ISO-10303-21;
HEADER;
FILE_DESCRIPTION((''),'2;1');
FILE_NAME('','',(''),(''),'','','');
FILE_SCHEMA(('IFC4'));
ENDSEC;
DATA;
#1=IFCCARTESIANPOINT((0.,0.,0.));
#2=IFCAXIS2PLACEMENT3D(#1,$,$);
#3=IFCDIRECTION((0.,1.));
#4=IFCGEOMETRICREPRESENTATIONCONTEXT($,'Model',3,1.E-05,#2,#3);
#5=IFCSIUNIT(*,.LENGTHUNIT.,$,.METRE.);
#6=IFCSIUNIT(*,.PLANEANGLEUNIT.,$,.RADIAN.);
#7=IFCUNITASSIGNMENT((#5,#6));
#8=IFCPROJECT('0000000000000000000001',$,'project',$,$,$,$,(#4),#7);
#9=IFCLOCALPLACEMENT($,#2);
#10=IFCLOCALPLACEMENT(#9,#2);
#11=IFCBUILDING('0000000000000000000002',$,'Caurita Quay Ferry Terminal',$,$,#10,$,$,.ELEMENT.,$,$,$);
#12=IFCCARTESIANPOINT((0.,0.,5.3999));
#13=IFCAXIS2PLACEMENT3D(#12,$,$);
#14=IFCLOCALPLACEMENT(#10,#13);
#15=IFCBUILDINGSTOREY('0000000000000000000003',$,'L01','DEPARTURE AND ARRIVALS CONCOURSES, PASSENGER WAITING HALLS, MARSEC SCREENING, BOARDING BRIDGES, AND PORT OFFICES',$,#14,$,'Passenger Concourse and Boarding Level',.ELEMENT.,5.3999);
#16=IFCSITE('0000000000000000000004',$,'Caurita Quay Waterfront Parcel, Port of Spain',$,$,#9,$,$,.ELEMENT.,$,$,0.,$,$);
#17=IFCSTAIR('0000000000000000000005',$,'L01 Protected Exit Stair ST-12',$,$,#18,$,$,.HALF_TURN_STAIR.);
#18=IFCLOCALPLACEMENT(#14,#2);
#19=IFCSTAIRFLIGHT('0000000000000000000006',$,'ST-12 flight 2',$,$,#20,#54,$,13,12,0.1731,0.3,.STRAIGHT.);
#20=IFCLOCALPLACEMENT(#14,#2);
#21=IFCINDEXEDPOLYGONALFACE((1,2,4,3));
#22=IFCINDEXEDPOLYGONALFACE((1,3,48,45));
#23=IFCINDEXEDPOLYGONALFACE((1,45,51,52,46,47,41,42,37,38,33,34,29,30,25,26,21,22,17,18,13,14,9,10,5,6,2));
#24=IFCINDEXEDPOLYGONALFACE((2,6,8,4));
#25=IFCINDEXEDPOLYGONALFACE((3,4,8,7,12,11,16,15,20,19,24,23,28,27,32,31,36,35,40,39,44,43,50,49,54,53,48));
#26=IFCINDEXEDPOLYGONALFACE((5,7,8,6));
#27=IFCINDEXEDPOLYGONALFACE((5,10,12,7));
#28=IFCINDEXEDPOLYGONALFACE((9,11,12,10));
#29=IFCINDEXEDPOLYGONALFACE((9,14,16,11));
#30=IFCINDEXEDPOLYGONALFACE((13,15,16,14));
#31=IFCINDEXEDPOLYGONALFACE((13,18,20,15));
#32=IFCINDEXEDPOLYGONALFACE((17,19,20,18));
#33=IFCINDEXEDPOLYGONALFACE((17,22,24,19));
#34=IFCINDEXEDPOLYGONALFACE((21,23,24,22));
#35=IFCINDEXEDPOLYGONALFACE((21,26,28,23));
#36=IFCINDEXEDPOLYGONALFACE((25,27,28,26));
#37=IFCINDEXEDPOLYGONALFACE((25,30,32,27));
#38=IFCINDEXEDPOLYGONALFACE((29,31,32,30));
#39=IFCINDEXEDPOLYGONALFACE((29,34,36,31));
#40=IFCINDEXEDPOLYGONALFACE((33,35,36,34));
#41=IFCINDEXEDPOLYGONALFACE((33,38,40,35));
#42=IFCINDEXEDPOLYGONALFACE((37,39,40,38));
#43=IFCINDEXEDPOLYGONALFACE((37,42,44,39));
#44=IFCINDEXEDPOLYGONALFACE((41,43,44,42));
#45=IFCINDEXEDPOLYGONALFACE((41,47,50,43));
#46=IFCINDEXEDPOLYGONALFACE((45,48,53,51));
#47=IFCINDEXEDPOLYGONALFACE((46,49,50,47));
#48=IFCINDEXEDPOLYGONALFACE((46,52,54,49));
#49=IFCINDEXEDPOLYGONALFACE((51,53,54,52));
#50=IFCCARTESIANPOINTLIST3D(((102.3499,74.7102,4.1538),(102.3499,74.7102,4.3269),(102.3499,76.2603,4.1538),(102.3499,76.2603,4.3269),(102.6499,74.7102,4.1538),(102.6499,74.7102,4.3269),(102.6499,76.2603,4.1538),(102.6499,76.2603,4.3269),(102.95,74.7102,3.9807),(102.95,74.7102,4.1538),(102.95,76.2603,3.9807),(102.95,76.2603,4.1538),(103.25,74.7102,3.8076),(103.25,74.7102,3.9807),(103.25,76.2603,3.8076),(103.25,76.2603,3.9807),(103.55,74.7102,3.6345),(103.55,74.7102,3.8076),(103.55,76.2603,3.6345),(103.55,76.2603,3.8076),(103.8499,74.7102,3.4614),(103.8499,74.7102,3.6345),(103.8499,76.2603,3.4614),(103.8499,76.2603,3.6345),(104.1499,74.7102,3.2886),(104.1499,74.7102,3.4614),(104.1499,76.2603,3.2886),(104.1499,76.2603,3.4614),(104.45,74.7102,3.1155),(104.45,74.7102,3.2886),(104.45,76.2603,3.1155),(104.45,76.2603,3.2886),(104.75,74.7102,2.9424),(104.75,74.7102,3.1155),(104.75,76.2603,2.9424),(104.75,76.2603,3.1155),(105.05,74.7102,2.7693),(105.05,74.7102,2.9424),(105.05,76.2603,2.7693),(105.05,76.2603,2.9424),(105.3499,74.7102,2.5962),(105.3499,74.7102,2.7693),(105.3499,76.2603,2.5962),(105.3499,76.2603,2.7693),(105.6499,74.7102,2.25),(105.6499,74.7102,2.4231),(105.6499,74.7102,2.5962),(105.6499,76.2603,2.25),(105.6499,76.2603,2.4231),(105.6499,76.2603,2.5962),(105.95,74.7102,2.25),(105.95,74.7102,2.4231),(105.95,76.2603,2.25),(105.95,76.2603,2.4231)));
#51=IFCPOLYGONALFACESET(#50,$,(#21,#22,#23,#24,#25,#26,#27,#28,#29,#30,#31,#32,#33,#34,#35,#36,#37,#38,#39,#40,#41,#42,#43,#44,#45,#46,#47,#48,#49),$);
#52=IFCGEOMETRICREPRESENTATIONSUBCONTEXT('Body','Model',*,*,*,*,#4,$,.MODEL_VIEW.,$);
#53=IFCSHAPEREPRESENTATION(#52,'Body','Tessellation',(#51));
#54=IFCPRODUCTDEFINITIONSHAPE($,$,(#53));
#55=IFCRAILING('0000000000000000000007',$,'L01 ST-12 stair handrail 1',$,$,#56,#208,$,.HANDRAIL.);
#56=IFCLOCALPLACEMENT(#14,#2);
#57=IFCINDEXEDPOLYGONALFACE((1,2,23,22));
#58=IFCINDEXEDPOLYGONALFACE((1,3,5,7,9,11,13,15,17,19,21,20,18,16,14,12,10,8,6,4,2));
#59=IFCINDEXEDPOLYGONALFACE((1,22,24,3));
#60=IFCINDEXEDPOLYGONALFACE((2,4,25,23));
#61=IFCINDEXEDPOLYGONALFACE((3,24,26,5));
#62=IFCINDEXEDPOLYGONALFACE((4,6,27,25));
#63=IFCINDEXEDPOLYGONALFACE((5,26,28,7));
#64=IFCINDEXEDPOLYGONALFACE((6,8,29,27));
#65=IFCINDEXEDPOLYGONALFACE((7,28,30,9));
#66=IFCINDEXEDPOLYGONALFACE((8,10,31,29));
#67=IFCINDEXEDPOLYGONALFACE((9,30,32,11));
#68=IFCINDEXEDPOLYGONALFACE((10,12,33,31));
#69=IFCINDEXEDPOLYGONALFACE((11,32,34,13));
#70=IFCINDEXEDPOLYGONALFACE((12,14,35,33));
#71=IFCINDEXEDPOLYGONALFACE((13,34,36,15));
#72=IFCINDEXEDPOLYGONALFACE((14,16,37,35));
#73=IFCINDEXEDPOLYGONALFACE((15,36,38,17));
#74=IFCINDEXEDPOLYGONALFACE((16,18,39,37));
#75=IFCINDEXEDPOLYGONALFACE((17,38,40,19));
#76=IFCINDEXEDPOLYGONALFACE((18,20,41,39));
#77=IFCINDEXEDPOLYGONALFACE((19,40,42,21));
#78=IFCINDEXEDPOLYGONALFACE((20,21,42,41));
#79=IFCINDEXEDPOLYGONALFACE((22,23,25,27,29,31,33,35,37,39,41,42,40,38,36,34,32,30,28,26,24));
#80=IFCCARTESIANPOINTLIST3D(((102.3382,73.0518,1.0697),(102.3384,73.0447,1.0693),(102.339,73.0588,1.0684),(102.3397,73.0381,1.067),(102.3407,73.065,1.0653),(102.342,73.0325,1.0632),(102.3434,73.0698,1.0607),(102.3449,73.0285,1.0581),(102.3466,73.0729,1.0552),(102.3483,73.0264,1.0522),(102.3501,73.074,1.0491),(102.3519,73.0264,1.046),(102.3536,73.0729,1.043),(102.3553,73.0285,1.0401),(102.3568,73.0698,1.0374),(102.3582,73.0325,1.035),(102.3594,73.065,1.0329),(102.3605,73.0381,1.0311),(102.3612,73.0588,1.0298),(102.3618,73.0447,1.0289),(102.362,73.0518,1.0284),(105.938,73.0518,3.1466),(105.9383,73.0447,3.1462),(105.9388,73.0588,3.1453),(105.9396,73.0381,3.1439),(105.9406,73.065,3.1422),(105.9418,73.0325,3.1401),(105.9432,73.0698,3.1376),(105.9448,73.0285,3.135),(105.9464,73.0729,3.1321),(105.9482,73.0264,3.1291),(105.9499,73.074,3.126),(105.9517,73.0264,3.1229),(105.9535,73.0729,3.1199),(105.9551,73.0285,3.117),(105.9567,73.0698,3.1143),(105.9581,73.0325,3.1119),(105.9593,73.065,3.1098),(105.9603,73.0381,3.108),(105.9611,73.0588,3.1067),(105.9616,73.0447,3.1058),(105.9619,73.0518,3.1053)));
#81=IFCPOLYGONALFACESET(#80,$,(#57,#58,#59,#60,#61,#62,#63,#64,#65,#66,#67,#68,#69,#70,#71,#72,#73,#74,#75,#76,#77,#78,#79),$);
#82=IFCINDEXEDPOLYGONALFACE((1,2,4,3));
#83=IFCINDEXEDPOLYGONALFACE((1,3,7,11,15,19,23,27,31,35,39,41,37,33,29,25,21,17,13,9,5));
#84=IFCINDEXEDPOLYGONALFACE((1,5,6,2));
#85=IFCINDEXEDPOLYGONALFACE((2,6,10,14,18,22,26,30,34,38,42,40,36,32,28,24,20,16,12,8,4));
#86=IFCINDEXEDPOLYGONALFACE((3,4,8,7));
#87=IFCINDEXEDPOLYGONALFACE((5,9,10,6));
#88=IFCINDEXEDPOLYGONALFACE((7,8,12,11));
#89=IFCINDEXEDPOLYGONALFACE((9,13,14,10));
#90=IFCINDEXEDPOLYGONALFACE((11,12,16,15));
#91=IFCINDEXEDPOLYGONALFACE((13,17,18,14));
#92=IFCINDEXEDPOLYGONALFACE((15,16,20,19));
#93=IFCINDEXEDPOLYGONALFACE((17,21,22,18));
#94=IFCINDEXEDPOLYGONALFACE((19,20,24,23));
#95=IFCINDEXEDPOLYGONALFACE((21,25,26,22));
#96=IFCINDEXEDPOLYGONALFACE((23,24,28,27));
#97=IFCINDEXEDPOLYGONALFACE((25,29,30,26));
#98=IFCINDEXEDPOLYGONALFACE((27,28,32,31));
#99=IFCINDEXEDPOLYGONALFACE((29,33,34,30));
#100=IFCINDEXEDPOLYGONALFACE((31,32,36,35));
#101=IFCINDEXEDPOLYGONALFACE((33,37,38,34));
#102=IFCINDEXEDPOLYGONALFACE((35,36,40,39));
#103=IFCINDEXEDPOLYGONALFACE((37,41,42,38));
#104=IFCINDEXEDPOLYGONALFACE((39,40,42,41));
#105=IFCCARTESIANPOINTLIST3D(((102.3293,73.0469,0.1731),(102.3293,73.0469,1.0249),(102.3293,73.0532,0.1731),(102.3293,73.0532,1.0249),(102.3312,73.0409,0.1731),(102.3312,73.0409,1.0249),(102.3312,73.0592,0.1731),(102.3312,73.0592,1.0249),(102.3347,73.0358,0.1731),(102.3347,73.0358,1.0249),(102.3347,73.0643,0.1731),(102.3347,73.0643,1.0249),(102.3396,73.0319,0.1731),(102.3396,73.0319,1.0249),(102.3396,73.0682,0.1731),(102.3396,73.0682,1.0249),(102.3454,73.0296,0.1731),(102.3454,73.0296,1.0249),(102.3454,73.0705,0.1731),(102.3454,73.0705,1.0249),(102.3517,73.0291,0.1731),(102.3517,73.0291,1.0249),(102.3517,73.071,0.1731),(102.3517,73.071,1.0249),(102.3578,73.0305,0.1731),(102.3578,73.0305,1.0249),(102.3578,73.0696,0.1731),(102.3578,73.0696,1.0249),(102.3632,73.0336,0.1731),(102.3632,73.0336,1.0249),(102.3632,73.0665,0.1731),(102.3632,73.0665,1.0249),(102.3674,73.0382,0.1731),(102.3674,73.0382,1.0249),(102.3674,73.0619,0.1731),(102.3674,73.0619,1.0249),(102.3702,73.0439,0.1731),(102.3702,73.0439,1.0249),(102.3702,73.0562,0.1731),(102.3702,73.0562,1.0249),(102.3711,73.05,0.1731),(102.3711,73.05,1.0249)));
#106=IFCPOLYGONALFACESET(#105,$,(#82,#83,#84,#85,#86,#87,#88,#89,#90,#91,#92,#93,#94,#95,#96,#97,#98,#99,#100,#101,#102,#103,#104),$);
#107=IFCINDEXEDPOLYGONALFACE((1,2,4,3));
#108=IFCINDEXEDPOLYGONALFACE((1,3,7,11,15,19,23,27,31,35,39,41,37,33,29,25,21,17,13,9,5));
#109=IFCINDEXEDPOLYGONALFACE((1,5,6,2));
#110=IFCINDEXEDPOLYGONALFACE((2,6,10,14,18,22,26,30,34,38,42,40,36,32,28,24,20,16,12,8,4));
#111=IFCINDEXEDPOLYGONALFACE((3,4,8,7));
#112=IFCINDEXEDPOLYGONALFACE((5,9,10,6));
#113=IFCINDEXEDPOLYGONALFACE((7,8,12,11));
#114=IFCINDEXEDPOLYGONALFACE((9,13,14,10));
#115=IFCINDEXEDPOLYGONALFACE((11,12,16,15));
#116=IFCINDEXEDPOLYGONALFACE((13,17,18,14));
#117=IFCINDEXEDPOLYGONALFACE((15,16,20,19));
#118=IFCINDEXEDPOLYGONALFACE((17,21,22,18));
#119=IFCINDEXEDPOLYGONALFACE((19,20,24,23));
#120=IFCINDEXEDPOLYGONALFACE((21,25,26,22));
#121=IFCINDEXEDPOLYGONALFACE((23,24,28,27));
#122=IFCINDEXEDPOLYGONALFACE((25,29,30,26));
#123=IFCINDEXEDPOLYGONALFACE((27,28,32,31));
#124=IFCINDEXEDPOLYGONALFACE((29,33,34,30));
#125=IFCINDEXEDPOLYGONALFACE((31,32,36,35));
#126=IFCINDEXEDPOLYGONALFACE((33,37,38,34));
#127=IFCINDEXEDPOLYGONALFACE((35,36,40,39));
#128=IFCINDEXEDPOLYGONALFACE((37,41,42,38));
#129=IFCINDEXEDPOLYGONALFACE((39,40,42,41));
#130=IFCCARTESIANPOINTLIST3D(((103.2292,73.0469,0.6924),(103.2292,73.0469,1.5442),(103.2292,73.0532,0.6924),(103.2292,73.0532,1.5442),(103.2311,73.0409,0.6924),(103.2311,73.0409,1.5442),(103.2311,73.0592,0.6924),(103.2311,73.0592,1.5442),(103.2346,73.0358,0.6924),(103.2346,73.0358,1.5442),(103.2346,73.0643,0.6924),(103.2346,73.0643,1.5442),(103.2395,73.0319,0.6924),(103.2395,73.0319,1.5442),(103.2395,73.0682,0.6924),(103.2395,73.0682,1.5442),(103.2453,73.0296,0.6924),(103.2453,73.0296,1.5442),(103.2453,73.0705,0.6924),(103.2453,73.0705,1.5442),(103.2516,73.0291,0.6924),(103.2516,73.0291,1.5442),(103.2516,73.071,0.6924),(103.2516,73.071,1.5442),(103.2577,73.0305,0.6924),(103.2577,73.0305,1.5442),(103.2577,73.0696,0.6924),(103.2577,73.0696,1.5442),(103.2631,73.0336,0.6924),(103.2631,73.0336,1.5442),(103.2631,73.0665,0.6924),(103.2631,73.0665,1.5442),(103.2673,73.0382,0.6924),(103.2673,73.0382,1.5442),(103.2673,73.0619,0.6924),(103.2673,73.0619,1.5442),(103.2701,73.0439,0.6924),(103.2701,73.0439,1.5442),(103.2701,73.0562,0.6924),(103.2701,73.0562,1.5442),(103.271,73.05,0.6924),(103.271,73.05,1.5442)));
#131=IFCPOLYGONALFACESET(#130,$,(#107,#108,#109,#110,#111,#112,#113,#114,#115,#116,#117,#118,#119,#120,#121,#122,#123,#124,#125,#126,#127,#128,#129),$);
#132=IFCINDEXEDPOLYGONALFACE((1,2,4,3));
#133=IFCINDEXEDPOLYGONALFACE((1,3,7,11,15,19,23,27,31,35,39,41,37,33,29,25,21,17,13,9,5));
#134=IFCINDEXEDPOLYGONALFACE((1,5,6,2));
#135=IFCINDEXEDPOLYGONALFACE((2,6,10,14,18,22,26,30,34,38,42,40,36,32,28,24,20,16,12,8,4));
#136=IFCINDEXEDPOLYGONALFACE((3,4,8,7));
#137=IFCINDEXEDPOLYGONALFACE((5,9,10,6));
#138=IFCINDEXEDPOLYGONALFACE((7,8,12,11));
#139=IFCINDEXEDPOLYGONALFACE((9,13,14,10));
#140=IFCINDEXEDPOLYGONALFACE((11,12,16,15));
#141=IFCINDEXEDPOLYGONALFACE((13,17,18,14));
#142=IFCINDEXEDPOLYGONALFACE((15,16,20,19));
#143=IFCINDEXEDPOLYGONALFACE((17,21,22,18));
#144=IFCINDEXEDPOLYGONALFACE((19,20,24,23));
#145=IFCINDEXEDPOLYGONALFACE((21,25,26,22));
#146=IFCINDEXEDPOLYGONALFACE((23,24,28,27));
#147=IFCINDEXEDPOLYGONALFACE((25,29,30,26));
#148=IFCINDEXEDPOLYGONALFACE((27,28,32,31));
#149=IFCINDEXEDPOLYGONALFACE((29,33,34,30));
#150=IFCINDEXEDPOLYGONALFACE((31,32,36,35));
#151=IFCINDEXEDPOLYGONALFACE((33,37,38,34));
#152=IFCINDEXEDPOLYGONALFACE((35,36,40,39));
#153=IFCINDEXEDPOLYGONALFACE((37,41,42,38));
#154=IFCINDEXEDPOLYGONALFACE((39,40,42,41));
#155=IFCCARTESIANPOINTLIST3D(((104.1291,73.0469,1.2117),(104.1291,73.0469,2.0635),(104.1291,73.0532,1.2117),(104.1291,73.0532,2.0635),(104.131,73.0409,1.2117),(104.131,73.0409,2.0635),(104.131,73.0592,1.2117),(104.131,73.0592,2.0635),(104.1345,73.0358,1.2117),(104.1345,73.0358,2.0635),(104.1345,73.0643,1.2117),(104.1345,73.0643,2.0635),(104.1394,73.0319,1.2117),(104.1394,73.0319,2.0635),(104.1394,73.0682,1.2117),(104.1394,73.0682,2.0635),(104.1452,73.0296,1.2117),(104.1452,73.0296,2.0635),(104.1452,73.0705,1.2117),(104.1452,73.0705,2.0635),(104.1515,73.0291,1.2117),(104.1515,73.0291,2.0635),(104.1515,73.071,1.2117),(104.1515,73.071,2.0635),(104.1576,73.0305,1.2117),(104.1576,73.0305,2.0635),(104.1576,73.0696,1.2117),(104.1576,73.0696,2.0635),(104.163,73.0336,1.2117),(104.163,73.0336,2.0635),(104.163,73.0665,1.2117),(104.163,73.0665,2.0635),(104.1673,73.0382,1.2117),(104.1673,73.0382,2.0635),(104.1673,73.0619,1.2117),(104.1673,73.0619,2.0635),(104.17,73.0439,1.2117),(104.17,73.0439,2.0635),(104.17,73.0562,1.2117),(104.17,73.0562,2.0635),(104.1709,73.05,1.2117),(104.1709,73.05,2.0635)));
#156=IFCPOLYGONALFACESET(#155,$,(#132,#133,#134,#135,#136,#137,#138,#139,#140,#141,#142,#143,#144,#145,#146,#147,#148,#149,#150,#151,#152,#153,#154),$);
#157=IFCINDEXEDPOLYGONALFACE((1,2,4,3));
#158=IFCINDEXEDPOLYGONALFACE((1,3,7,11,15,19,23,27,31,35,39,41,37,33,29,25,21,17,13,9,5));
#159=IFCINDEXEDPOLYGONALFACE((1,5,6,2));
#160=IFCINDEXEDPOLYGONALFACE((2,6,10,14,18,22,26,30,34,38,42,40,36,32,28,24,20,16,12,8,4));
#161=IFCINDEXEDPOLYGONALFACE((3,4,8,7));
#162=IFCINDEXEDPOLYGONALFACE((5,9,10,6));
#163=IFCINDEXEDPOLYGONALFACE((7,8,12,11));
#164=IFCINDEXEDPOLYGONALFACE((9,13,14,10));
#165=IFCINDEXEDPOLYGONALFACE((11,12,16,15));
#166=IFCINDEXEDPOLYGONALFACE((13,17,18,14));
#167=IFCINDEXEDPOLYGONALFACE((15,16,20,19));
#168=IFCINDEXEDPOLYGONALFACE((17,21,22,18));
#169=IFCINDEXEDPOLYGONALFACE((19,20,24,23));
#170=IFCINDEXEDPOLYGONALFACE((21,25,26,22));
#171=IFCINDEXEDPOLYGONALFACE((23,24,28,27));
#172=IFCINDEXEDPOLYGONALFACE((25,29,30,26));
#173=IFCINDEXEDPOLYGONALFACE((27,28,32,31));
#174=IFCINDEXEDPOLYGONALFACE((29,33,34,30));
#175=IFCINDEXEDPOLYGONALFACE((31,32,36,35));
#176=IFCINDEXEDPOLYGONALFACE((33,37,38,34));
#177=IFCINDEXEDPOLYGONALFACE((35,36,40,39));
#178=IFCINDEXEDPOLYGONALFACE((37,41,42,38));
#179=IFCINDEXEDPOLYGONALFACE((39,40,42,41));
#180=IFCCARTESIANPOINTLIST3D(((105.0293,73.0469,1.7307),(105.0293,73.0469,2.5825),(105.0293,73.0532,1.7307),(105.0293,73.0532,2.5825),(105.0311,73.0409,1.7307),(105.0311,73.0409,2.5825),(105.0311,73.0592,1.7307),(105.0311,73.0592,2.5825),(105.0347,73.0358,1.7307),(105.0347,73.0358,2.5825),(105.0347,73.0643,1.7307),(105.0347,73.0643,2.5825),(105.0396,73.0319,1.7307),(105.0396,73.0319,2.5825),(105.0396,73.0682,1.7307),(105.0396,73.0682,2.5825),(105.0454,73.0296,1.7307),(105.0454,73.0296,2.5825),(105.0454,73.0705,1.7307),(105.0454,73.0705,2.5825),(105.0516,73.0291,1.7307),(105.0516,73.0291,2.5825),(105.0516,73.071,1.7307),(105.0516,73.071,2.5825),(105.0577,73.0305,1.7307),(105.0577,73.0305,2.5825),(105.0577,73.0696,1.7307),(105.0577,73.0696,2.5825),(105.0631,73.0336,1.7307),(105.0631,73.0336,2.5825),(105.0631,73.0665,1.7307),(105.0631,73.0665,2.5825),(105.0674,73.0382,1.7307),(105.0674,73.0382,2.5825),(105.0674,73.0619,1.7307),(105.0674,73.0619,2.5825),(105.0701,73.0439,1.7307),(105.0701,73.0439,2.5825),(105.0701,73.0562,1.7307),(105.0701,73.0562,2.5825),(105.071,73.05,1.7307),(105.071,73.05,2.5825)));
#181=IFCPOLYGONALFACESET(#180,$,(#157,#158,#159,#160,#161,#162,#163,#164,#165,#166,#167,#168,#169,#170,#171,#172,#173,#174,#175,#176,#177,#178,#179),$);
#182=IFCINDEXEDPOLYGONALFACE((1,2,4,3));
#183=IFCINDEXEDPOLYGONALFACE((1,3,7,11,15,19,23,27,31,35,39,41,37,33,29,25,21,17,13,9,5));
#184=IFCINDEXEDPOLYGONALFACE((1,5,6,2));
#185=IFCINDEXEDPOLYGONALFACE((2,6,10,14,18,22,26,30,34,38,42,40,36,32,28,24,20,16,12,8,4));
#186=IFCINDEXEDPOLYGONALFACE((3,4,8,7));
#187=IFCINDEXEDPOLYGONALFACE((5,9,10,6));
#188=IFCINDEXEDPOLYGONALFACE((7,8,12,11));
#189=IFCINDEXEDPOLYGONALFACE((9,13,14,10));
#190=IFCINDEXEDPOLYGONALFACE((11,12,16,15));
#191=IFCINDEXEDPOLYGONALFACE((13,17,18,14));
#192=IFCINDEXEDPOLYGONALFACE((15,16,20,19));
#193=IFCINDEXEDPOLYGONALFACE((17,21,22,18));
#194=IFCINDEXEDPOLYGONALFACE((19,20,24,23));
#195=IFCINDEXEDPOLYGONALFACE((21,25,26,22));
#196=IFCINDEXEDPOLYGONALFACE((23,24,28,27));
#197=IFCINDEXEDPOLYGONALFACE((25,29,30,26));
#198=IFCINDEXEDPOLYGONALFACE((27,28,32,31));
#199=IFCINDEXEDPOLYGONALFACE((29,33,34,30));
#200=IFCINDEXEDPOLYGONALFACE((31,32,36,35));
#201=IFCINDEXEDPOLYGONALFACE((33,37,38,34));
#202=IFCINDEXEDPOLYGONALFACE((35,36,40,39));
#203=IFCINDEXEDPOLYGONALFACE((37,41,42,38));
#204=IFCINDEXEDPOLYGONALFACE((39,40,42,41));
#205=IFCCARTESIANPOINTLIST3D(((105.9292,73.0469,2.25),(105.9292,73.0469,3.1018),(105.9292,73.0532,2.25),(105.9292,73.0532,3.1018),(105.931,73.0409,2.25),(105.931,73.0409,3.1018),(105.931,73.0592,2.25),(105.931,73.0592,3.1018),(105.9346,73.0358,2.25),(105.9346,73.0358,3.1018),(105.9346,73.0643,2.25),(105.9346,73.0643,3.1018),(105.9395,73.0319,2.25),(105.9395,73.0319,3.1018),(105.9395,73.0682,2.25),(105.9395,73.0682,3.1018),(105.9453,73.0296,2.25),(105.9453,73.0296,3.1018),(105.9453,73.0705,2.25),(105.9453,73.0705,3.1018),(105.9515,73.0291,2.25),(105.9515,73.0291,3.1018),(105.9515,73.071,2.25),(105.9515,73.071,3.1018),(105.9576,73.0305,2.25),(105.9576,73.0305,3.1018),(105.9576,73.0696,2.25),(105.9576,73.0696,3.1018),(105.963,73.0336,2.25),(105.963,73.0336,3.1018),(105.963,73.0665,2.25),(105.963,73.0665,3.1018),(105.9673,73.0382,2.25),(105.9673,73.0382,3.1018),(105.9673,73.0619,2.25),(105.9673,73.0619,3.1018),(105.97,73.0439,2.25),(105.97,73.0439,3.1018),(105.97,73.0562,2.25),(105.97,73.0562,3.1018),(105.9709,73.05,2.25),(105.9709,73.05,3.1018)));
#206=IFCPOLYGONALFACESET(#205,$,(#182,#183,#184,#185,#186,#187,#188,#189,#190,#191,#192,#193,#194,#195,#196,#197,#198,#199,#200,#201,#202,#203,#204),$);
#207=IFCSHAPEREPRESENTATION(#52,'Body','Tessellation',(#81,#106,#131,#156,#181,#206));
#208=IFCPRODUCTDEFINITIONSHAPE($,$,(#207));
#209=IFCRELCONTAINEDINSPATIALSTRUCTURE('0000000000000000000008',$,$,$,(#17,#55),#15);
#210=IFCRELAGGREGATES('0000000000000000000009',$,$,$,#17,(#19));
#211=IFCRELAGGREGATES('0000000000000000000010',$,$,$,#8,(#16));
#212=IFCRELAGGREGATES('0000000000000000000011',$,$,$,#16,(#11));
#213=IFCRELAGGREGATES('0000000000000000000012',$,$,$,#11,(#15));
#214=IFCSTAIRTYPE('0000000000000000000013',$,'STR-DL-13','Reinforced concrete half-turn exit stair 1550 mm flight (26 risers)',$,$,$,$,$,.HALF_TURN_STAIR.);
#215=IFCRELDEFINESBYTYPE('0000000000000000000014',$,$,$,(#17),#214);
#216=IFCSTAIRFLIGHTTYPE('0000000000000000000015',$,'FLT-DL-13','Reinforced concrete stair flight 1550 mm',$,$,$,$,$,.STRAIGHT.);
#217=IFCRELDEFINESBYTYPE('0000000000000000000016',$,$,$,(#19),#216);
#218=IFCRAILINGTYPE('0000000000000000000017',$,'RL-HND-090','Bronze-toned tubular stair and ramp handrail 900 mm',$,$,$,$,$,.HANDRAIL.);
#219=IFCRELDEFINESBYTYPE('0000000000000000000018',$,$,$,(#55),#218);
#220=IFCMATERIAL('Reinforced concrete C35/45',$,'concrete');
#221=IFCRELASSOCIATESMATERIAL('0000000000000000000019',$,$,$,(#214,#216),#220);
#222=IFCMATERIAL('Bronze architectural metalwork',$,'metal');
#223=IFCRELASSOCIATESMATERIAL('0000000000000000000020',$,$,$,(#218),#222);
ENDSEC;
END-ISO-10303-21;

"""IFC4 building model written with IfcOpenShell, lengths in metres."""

from ifc_helpers import new_model, si_unit, direction, frame, origin, origin_2d, place, context, subcontext, project, spatial, polyline, circle, outline, extrude, material, type_object, element, aggregate, save


model = new_model("IFC4")

# Units and contexts
model_context = context("Model", 3, precision=1e-05, world=origin(), true_north=direction((0.0, 1.0)))
body_context = subcontext(model_context, "Body", "Model", "MODEL_VIEW")
ifc_project = project(units=[si_unit("LENGTHUNIT", "METRE"), si_unit("PLANEANGLEUNIT", "RADIAN")], contexts=[model_context])

# Site, building, storey
site_placement = place(None, origin())
site = spatial("IfcSite", under=ifc_project, at=site_placement, Name="Caurita Quay Waterfront Parcel, Port of Spain", CompositionType="ELEMENT", RefElevation=0.0)
building_placement = place(site_placement, origin())
building = spatial("IfcBuilding", under=site, at=building_placement, Name="Caurita Quay Ferry Terminal", CompositionType="ELEMENT")
storey_placement = place(building_placement, frame((0.0, 0.0, 5.3999)))
storey = spatial("IfcBuildingStorey", under=building, at=storey_placement, Name="L01", Description="DEPARTURE AND ARRIVALS CONCOURSES, PASSENGER WAITING HALLS, MARSEC SCREENING, BOARDING BRIDGES, AND PORT OFFICES", LongName="Passenger Concourse and Boarding Level", CompositionType="ELEMENT", Elevation=5.3999)

# Shared definitions
ifc_material_1 = material(Name="Reinforced concrete C35/45", Category="concrete")

# Stair, stair flight
stair_type = type_object("IfcStairType", Name="STR-DL-13", Description="Reinforced concrete half-turn exit stair 1550 mm flight (26 risers)", PredefinedType="HALF_TURN_STAIR", material=ifc_material_1)
stair_placement = place(storey_placement, origin())
stair = element("IfcStair", 1, at=stair_placement, inside=storey, type_object=stair_type, Name="L01 Protected Exit Stair ST-12", PredefinedType="HALF_TURN_STAIR")
stair_flight_type = type_object("IfcStairFlightType", Name="FLT-DL-13", Description="Reinforced concrete stair flight 1550 mm", PredefinedType="STRAIGHT", material=ifc_material_1)
stair_flight_1_placement = place(storey_placement, frame((105.95, 75.4851, 2.25), z_axis=(0.0, 0.0, 1.0), x_axis=(-1.0, 0.0, 0.0)))
stair_flight_1 = element("IfcStairFlight", 2, at=stair_flight_1_placement, type_object=stair_flight_type, Name="ST-12 flight 2", NumberOfRisers=13, NumberOfTreads=12, PredefinedType="STRAIGHT", RiserHeight=0.1731, TreadLength=0.3, context=body_context, shape_type="SweptSolid", body=[
    extrude(outline(polyline([(0.0, 0.0), (0.0, 0.1731), (0.3, 0.1731), (0.3, 0.3462), (0.6001, 0.3462), (0.6001, 0.5193), (0.8999, 0.5193), (0.8999, 0.6924), (1.2, 0.6924), (1.2, 0.8655), (1.5, 0.8655), (1.5, 1.0386), (1.8, 1.0386), (1.8, 1.2114), (2.1001, 1.2114), (2.1001, 1.3845), (2.3999, 1.3845), (2.3999, 1.5576), (2.7, 1.5576), (2.7, 1.7307), (3.0, 1.7307), (3.0, 1.9038), (3.3, 1.9038), (3.3, 2.0769), (3.6001, 2.0769), (3.6001, 2.25), (3.6001, 1.9038), (0.3, 0.0), (0.0, 0.0)])), frame((0.0, 0.7749, 0.0), z_axis=(0.0, -1.0, 0.0), x_axis=(1.0, 0.0, 0.0)), (0.0, 0.0, 1.0), 1.55),
])
aggregate(stair, [stair_flight_1])

# Railing
ifc_material_2 = material(Name="Bronze architectural metalwork", Category="metal")
railing_type_1 = type_object("IfcRailingType", Name="RL-HND-090", Description="Bronze-toned tubular stair and ramp handrail 900 mm", PredefinedType="HANDRAIL", material=ifc_material_2)
railing_1_placement = place(storey_placement, frame((102.3501, 73.05, 0.1731)))
element("IfcRailing", 3, at=railing_1_placement, inside=storey, type_object=railing_type_1, Name="L01 ST-12 stair handrail 1", PredefinedType="HANDRAIL", context=body_context, shape_type="SweptSolid", body=[
    extrude(circle(Radius=0.0239, at=origin_2d()), frame((0.0, 0.0, 0.876), z_axis=(0.866179, 0.0, 0.499734), x_axis=(0.0, 1.0, 0.0)), (0.0, 0.0, 1.0), 4.156),
    extrude(circle(Radius=0.021, at=origin_2d()), origin(), (0.0, 0.0, 1.0), 0.8518),
    extrude(circle(Radius=0.021, at=origin_2d()), frame((0.8999, 0.0, 0.5193)), (0.0, 0.0, 1.0), 0.8518),
    extrude(circle(Radius=0.021, at=origin_2d()), frame((1.7998, 0.0, 1.0386)), (0.0, 0.0, 1.0), 0.8518),
    extrude(circle(Radius=0.021, at=origin_2d()), frame((2.7, 0.0, 1.5576)), (0.0, 0.0, 1.0), 0.8518),
    extrude(circle(Radius=0.021, at=origin_2d()), frame((3.5999, 0.0, 2.0769)), (0.0, 0.0, 1.0), 0.8518),
])

save(model, "model.ifc")
